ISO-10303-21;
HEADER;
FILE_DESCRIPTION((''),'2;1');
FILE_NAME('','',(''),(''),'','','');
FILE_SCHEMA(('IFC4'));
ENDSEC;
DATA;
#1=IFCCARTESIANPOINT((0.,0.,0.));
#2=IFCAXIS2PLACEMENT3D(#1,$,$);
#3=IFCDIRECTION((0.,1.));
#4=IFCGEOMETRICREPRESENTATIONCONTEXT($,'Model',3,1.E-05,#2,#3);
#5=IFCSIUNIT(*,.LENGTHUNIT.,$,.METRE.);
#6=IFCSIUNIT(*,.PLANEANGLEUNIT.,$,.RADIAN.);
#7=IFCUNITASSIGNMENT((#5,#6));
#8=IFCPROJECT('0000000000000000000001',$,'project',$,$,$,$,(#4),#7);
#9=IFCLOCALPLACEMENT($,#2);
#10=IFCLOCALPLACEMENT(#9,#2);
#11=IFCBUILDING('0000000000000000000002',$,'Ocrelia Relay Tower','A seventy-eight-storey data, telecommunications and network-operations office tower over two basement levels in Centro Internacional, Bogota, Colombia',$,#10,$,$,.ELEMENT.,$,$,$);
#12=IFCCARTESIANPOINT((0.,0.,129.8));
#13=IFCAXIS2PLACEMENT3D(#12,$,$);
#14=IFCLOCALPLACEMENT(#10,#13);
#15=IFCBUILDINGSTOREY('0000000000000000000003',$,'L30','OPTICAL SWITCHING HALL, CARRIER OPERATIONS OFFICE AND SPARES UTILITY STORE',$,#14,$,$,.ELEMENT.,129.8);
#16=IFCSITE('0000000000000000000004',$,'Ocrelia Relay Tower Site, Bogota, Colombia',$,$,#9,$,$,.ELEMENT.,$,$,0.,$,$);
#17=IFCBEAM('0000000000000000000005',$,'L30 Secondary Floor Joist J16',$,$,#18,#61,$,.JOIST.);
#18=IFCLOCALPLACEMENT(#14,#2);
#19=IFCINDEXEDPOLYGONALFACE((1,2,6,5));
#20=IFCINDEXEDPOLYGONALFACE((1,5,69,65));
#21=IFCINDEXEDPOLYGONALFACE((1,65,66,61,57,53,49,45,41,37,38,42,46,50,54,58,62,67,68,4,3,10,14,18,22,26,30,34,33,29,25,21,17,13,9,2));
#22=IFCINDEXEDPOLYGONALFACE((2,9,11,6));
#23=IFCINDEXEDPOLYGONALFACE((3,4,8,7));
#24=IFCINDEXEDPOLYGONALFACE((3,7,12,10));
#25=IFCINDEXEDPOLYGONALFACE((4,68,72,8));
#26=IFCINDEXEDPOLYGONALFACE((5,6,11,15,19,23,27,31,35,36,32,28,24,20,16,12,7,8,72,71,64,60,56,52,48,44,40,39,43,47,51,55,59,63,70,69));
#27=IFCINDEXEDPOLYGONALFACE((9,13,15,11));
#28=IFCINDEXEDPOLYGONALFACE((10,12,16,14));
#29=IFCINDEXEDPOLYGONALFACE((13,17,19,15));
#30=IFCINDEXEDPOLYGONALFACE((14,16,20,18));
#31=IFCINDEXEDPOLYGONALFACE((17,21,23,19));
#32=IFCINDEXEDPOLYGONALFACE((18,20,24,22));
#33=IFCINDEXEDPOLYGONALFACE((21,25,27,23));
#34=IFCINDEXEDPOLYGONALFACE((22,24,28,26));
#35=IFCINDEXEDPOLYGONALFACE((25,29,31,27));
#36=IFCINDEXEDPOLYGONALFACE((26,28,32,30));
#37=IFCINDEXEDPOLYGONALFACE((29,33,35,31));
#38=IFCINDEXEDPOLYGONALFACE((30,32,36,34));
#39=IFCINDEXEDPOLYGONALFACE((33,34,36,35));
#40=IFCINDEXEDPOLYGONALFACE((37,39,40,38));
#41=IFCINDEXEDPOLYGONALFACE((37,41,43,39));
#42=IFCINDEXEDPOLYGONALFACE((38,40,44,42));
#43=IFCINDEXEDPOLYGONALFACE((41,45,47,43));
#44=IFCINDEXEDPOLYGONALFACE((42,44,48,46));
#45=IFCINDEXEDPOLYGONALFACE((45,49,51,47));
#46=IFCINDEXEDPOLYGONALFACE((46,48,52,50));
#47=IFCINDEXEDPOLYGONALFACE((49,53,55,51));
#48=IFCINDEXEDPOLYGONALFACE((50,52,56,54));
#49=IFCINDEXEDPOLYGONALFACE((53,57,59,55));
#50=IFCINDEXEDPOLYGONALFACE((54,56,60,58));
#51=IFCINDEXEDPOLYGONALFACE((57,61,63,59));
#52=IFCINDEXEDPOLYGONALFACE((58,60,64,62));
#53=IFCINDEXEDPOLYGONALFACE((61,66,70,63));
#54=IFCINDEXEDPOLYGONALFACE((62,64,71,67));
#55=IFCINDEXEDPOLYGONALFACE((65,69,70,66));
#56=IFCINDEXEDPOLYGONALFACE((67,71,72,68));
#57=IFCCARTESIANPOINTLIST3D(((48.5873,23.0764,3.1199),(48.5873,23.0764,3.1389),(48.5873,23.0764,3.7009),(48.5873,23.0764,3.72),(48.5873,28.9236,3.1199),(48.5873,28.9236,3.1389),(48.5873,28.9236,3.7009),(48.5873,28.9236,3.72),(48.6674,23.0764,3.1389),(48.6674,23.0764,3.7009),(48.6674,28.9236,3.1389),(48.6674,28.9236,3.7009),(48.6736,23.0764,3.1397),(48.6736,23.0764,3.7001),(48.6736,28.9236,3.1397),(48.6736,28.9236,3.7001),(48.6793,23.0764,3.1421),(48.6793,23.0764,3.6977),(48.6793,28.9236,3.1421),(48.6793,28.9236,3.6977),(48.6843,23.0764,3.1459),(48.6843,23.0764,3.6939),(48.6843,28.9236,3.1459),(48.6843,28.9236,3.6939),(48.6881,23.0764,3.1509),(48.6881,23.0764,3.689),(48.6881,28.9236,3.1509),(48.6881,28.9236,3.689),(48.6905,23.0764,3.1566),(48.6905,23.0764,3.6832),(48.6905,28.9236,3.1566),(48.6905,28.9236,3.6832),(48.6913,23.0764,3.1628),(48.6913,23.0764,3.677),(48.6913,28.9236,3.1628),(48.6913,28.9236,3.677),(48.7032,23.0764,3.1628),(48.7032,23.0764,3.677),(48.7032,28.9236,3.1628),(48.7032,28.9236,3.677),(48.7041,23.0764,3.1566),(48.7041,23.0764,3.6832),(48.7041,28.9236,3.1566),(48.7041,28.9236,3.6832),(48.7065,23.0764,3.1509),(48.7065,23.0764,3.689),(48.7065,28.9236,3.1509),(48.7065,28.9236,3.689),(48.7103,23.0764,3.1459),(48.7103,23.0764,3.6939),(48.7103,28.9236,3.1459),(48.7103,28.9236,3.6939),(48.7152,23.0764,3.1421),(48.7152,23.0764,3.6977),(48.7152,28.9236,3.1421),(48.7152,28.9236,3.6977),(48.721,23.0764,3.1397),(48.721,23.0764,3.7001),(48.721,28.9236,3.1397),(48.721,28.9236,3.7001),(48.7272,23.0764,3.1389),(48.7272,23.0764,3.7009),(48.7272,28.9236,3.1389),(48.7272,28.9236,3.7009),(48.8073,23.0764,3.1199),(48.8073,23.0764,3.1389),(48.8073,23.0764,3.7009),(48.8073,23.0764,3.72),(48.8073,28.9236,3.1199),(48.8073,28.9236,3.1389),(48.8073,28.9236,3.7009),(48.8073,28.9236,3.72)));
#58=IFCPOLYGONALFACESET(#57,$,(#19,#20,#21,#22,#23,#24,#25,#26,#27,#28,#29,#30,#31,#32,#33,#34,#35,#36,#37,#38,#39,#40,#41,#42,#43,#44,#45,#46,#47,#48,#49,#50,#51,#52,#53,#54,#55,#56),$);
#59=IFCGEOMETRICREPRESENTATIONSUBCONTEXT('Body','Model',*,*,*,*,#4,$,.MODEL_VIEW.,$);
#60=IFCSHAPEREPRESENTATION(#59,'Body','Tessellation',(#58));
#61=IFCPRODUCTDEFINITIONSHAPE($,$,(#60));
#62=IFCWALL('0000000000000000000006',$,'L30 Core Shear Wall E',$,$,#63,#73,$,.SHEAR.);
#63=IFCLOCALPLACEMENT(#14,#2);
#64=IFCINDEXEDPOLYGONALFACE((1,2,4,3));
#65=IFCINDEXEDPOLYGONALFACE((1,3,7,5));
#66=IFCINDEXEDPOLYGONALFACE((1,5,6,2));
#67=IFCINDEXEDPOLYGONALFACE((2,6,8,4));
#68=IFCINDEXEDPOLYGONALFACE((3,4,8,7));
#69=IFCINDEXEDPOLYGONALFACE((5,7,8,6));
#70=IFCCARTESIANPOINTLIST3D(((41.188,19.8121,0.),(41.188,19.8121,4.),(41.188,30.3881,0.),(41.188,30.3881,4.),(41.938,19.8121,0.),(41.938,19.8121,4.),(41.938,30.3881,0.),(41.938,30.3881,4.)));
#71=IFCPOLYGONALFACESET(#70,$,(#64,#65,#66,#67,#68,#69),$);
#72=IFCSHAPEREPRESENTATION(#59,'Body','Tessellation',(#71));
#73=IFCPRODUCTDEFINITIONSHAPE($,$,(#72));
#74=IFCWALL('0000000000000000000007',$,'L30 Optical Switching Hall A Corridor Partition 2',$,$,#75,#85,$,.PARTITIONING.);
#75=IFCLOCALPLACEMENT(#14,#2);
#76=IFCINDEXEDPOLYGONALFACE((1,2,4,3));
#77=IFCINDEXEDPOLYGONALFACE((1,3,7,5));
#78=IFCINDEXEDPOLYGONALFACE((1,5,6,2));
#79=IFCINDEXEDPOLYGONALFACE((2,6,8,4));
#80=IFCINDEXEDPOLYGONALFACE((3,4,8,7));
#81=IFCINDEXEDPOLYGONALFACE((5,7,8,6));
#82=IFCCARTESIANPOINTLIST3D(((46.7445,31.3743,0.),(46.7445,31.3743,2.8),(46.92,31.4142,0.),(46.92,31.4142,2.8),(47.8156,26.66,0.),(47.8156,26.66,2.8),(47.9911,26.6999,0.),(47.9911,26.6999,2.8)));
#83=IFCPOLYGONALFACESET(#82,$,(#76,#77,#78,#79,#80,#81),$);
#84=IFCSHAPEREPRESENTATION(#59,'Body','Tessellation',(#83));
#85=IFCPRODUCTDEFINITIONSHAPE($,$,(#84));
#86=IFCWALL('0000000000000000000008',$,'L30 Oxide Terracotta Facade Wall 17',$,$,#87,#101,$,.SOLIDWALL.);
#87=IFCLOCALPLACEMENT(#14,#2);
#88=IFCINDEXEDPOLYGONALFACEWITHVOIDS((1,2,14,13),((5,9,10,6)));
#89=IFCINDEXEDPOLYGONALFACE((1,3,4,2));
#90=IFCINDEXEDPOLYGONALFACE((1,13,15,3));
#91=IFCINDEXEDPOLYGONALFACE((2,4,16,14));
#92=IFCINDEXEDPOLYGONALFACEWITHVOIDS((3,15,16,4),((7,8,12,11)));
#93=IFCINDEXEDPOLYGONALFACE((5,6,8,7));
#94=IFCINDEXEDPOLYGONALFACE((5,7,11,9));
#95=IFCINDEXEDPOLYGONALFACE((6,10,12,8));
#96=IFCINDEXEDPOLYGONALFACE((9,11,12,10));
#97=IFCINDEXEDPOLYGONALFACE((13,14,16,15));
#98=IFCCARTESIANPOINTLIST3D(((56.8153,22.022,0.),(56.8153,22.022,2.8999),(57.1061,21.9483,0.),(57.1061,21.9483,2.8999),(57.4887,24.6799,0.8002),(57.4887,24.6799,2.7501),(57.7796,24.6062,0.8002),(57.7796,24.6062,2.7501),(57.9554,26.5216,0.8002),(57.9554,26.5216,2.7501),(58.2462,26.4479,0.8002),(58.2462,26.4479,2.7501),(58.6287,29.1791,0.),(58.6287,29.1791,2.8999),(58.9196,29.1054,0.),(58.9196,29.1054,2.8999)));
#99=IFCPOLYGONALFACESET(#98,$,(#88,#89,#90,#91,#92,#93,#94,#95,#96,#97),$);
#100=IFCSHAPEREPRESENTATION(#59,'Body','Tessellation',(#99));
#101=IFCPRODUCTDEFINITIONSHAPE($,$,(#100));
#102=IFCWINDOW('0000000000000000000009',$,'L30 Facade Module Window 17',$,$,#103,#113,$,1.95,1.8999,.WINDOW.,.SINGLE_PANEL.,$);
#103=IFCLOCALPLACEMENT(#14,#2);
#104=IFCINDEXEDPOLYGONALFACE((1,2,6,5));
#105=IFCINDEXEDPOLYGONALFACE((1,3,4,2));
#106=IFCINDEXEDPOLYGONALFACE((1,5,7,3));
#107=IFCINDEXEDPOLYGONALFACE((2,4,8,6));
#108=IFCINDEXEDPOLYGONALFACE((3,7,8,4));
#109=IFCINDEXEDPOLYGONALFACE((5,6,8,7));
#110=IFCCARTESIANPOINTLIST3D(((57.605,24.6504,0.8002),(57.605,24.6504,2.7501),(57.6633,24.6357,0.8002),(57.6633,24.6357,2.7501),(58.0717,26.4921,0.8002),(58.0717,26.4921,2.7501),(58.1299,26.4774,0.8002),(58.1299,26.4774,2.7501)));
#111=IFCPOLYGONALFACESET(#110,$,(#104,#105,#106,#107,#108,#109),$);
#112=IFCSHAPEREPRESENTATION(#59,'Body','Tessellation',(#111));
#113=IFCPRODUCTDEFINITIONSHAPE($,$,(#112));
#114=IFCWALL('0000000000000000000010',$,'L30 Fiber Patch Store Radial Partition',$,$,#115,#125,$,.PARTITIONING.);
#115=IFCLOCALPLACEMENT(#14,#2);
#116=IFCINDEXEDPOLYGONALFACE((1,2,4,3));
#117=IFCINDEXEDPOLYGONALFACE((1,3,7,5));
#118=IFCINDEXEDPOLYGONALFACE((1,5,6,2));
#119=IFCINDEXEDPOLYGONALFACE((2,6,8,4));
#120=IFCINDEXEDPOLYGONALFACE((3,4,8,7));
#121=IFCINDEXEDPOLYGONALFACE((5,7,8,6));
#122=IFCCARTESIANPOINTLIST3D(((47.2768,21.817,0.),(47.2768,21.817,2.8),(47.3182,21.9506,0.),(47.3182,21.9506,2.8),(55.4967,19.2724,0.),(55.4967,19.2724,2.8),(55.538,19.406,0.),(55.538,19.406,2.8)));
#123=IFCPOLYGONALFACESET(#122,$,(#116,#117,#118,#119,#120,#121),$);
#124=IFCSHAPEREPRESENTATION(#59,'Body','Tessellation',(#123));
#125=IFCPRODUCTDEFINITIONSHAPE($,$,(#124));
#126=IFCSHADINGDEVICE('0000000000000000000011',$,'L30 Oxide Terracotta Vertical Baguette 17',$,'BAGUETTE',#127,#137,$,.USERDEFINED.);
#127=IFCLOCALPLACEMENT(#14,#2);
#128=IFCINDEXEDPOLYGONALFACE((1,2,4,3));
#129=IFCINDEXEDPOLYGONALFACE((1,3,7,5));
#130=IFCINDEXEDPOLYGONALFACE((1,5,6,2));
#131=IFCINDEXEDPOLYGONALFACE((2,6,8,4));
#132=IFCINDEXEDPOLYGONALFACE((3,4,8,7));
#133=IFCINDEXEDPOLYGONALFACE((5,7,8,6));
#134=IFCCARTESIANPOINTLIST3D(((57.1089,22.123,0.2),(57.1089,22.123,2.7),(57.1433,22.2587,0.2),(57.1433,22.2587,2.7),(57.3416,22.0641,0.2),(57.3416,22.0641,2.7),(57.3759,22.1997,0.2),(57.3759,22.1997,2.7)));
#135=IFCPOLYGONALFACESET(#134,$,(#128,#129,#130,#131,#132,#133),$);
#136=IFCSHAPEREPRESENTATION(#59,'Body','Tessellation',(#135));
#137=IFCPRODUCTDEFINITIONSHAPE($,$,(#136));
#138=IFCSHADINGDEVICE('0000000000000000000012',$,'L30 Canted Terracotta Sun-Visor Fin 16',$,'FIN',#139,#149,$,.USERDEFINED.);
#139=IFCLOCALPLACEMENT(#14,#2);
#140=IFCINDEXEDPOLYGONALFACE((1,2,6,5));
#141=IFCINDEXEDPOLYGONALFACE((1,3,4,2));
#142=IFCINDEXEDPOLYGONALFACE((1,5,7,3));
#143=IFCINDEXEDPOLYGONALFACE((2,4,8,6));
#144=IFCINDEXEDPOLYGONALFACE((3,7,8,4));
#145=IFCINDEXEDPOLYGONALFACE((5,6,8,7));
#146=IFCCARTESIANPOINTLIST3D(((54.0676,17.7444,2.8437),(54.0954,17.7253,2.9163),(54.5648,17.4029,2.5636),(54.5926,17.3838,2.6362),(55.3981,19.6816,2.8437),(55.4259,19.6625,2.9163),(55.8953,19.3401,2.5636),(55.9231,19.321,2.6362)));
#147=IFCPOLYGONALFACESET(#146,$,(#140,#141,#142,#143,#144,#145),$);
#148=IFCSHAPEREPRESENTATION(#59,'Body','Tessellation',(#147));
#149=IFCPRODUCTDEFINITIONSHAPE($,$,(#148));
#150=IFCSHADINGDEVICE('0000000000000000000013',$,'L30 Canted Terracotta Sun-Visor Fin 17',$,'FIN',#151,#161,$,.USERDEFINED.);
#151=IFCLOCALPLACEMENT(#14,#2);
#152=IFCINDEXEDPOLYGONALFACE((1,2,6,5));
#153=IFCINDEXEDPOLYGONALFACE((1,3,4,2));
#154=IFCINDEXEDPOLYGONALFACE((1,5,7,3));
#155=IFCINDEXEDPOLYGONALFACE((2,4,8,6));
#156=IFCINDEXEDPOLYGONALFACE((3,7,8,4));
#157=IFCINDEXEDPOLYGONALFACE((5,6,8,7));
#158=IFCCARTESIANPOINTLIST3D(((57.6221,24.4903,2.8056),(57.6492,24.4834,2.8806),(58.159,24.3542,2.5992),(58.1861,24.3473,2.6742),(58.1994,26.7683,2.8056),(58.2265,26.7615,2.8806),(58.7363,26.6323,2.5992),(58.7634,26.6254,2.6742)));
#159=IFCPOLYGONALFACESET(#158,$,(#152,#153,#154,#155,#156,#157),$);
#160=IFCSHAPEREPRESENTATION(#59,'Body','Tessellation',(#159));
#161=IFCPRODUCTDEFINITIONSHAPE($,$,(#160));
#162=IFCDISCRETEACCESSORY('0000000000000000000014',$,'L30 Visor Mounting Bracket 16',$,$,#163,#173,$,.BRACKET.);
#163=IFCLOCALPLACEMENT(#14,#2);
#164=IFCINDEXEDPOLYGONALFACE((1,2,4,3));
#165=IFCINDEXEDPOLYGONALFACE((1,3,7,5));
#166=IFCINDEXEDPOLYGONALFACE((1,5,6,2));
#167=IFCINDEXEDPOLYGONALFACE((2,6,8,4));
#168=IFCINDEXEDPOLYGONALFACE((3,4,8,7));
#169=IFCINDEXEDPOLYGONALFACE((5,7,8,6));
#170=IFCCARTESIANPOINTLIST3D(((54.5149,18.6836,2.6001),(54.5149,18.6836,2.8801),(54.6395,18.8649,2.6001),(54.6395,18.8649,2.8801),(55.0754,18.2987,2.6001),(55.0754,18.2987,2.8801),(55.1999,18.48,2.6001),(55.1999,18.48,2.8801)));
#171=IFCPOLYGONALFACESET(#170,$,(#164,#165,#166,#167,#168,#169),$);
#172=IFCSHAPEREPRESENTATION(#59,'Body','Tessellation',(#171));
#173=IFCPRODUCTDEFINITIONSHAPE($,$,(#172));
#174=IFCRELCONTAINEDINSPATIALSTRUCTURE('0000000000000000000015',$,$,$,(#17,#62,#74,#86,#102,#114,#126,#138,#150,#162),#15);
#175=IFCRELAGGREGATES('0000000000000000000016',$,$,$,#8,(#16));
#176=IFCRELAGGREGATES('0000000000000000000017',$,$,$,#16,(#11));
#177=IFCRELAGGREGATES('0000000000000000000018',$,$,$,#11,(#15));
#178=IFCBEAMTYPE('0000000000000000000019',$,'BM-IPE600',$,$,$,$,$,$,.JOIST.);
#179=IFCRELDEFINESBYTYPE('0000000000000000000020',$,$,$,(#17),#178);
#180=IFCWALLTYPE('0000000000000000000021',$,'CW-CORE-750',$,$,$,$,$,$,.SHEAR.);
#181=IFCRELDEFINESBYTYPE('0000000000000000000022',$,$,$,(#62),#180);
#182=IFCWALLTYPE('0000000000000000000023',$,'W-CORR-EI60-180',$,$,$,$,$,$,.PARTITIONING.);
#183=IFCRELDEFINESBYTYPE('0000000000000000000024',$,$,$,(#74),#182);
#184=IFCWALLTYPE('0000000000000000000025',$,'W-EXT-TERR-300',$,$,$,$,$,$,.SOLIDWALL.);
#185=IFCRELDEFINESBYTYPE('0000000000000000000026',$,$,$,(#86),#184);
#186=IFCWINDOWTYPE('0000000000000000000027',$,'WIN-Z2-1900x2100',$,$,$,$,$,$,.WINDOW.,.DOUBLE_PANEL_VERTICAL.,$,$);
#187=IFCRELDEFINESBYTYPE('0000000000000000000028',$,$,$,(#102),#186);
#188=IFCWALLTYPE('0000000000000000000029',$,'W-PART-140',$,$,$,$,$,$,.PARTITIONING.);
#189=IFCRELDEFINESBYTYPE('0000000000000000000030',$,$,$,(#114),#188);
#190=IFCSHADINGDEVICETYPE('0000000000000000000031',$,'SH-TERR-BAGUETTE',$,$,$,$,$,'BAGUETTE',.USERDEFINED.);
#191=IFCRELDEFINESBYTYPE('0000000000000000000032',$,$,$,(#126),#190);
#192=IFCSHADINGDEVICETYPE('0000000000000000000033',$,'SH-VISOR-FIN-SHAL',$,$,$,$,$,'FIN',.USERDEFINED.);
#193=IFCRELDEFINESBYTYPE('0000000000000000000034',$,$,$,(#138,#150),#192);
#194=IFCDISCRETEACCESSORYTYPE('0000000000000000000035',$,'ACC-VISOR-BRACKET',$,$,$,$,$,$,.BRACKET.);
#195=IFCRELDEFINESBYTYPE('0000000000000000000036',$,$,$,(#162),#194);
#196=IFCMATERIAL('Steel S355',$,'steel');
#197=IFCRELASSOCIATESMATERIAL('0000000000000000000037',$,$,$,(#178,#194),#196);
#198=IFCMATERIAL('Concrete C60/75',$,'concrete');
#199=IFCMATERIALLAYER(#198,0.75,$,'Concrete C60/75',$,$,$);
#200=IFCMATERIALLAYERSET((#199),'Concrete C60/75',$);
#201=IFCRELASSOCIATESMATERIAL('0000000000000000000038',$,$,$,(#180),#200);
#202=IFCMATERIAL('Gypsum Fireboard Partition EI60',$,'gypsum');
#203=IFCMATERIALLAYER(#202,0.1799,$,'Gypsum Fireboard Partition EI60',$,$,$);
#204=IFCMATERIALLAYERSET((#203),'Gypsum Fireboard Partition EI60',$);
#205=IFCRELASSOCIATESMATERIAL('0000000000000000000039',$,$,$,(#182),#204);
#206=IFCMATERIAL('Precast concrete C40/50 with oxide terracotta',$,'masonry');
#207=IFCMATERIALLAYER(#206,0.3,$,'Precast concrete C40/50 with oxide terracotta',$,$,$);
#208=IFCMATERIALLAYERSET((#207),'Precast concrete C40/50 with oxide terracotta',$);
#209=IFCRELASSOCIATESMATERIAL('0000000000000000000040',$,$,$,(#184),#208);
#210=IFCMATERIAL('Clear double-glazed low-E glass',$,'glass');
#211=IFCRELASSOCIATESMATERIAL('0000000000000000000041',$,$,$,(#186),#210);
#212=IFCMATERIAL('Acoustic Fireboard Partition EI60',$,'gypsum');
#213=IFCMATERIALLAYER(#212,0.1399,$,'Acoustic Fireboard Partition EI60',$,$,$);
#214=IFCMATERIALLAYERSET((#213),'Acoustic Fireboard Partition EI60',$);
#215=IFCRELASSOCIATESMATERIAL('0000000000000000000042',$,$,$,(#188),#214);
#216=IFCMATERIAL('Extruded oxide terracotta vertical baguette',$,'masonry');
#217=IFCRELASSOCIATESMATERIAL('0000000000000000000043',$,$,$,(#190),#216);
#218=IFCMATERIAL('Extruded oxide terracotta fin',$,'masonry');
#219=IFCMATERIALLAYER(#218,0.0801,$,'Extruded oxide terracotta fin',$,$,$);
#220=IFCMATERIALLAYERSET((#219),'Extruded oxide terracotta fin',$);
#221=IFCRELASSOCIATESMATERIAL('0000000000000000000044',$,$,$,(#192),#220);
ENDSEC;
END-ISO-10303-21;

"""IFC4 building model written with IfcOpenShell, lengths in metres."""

from ifc_helpers import new_model, si_unit, direction, frame, frame_2d, origin, origin_2d, place, context, subcontext, project, spatial, rectangle, i_section, extrude, material, layer, layer_set, material_profile, profile_set, type_object, element, fill, save


model = new_model("IFC4")

# Units and contexts
model_context = context("Model", 3, precision=1e-05, world=origin(), true_north=direction((0.0, 1.0)))
body_context = subcontext(model_context, "Body", "Model", "MODEL_VIEW")
ifc_project = project(units=[si_unit("LENGTHUNIT", "METRE"), si_unit("PLANEANGLEUNIT", "RADIAN")], contexts=[model_context])

# Site, building, storey
site_placement = place(None, origin())
site = spatial("IfcSite", under=ifc_project, at=site_placement, Name="Ocrelia Relay Tower Site, Bogota, Colombia", CompositionType="ELEMENT", RefElevation=0.0)
building_placement = place(site_placement, origin())
building = spatial("IfcBuilding", under=site, at=building_placement, Name="Ocrelia Relay Tower", Description="A seventy-eight-storey data, telecommunications and network-operations office tower over two basement levels in Centro Internacional, Bogota, Colombia", CompositionType="ELEMENT")
storey_placement = place(building_placement, frame((0.0, 0.0, 129.8)))
storey = spatial("IfcBuildingStorey", under=building, at=storey_placement, Name="L30", Description="OPTICAL SWITCHING HALL, CARRIER OPERATIONS OFFICE AND SPARES UTILITY STORE", CompositionType="ELEMENT", Elevation=129.8)

# Shared definitions
ifc_material_1 = material(Name="Concrete C60/75", Category="concrete")

# Beam
ifc_material_2 = material(Name="Steel S355", Category="steel")
ifc_material_profile_1 = material_profile(ifc_material_2, i_section(OverallWidth=0.22, OverallDepth=0.6001, WebThickness=0.012, FlangeThickness=0.019, FilletRadius=0.0239, at=origin_2d()), Name="IPE 600")
ifc_profile_set_1 = profile_set([ifc_material_profile_1], Name="Steel S355")
beam_type_1 = type_object("IfcBeamType", Name="BM-IPE600", PredefinedType="JOIST", material=ifc_profile_set_1)
beam_1_placement = place(storey_placement, frame((48.6973, 23.0764, 3.4199), z_axis=(0.0, 1.0, 0.0), x_axis=(-1.0, 0.0, 0.0)))
element("IfcBeam", 1, at=beam_1_placement, inside=storey, type_object=beam_type_1, Name="L30 Secondary Floor Joist J16", PredefinedType="JOIST", context=body_context, shape_type="SweptSolid", body=[
    extrude(i_section(OverallWidth=0.22, OverallDepth=0.6001, WebThickness=0.012, FlangeThickness=0.019, FilletRadius=0.0239, at=origin_2d()), origin(), (0.0, 0.0, 1.0), 5.8472),
])

# Wall
ifc_layer_1 = layer(ifc_material_1, 0.75, Name="Concrete C60/75")
ifc_layer_set_1 = layer_set([ifc_layer_1], Name="Concrete C60/75")
wall_type_1 = type_object("IfcWallType", Name="CW-CORE-750", PredefinedType="SHEAR", material=ifc_layer_set_1)
wall_1_placement = place(storey_placement, frame((41.563, 19.812, 0.0), z_axis=(0.0, 0.0, 1.0), x_axis=(0.0, 1.0, 0.0)))
element("IfcWall", 2, at=wall_1_placement, inside=storey, type_object=wall_type_1, Name="L30 Core Shear Wall E", PredefinedType="SHEAR", context=body_context, shape_type="SweptSolid", body=[
    extrude(rectangle(XDim=10.5759, YDim=0.75, at=frame_2d((5.2881, 0.0))), origin(), (0.0, 0.0, 1.0), 4.0),
])

# Shared definitions
ifc_material_3 = material(Name="Gypsum Fireboard Partition EI60", Category="gypsum")
ifc_layer_2 = layer(ifc_material_3, 0.1799, Name="Gypsum Fireboard Partition EI60")
ifc_layer_set_2 = layer_set([ifc_layer_2], Name="Gypsum Fireboard Partition EI60")
wall_type_2 = type_object("IfcWallType", Name="W-CORR-EI60-180", PredefinedType="PARTITIONING", material=ifc_layer_set_2)

# Wall
wall_2_placement = place(storey_placement, frame((47.9033, 26.6799, 0.0), z_axis=(0.0, 0.0, 1.0), x_axis=(-0.221543, 0.975151, 0.0)))
element("IfcWall", 3, at=wall_2_placement, inside=storey, type_object=wall_type_2, Name="L30 Optical Switching Hall A Corridor Partition 2", PredefinedType="PARTITIONING", context=body_context, shape_type="SweptSolid", body=[
    extrude(rectangle(XDim=4.8345, YDim=0.1799, at=frame_2d((2.4172, 0.0))), origin(), (0.0, 0.0, 1.0), 2.8),
])

# Wall, opening, window
ifc_material_4 = material(Name="Precast concrete C40/50 with oxide terracotta", Category="masonry")
ifc_layer_3 = layer(ifc_material_4, 0.3, Name="Precast concrete C40/50 with oxide terracotta")
ifc_layer_set_3 = layer_set([ifc_layer_3], Name="Precast concrete C40/50 with oxide terracotta")
wall_type_3 = type_object("IfcWallType", Name="W-EXT-TERR-300", PredefinedType="SOLIDWALL", material=ifc_layer_set_3)
wall_3_placement = place(storey_placement, frame((56.9607, 21.9851, 0.0), z_axis=(0.0, 0.0, 1.0), x_axis=(0.245615, 0.969367, 0.0)))
wall_3 = element("IfcWall", 4, at=wall_3_placement, inside=storey, type_object=wall_type_3, Name="L30 Oxide Terracotta Facade Wall 17", PredefinedType="SOLIDWALL", context=body_context, shape_type="SweptSolid", body=[
    extrude(rectangle(XDim=7.3833, YDim=0.3, at=frame_2d((3.6917, 0.0))), origin(), (0.0, 0.0, 1.0), 2.8999),
])
opening_1_placement = place(wall_3_placement, frame((2.7419, 0.0, 0.8)))
opening_1 = element("IfcOpeningElement", 5, at=opening_1_placement, cuts=wall_3, PredefinedType="OPENING", context=body_context, shape_type="SweptSolid", body=[
    extrude(rectangle(XDim=1.8999, YDim=1.95, at=frame_2d((0.95, 0.9751))), frame((0.0, 0.1602, 0.0), z_axis=(0.0, -1.0, 0.0), x_axis=(1.0, 0.0, 0.0)), (0.0, 0.0, 1.0), 0.3201),
])
ifc_material_5 = material(Name="Clear double-glazed low-E glass", Category="glass")
window_type = type_object("IfcWindowType", Name="WIN-Z2-1900x2100", PartitioningType="DOUBLE_PANEL_VERTICAL", PredefinedType="WINDOW", material=ifc_material_5)
window_placement = place(opening_1_placement, origin())
window = element("IfcWindow", 6, at=window_placement, inside=storey, type_object=window_type, Name="L30 Facade Module Window 17", OverallHeight=1.95, OverallWidth=1.8999, PartitioningType="SINGLE_PANEL", PredefinedType="WINDOW", context=body_context, shape_type="SweptSolid", body=[
    extrude(rectangle(XDim=1.8999, YDim=1.95, at=frame_2d((0.95, 0.9751))), frame((0.0, 0.03, 0.0), z_axis=(0.0, -1.0, 0.0), x_axis=(1.0, 0.0, 0.0)), (0.0, 0.0, 1.0), 0.0601),
])
fill(opening_1, window)

# Wall
ifc_material_6 = material(Name="Acoustic Fireboard Partition EI60", Category="gypsum")
ifc_layer_4 = layer(ifc_material_6, 0.1399, Name="Acoustic Fireboard Partition EI60")
ifc_layer_set_4 = layer_set([ifc_layer_4], Name="Acoustic Fireboard Partition EI60")
wall_type_4 = type_object("IfcWallType", Name="W-PART-140", PredefinedType="PARTITIONING", material=ifc_layer_set_4)
wall_4_placement = place(storey_placement, frame((47.2976, 21.8838, 0.0), z_axis=(0.0, 0.0, 1.0), x_axis=(0.955273, -0.295726, 0.0)))
element("IfcWall", 7, at=wall_4_placement, inside=storey, type_object=wall_type_4, Name="L30 Fiber Patch Store Radial Partition", PredefinedType="PARTITIONING", context=body_context, shape_type="SweptSolid", body=[
    extrude(rectangle(XDim=8.6047, YDim=0.1399, at=frame_2d((4.3022, 0.0))), origin(), (0.0, 0.0, 1.0), 2.8),
])

# Shading devices
ifc_material_7 = material(Name="Extruded oxide terracotta vertical baguette", Category="masonry")
shading_device_type_1 = type_object("IfcShadingDeviceType", Name="SH-TERR-BAGUETTE", ElementType="BAGUETTE", PredefinedType="USERDEFINED", material=ifc_material_7)
shading_device_1_placement = place(storey_placement, frame((57.2424, 22.1614, 0.2), z_axis=(0.0, 0.0, 1.0), x_axis=(0.245635, 0.969362, 0.0)))
element("IfcShadingDevice", 8, at=shading_device_1_placement, inside=storey, type_object=shading_device_type_1, Name="L30 Oxide Terracotta Vertical Baguette 17", ObjectType="BAGUETTE", PredefinedType="USERDEFINED", context=body_context, shape_type="SweptSolid", body=[
    extrude(rectangle(XDim=0.1399, YDim=0.24, at=origin_2d()), origin(), (0.0, 0.0, 1.0), 2.5),
])
ifc_material_8 = material(Name="Extruded oxide terracotta fin", Category="masonry")
ifc_layer_5 = layer(ifc_material_8, 0.0801, Name="Extruded oxide terracotta fin")
ifc_layer_set_5 = layer_set([ifc_layer_5], Name="Extruded oxide terracotta fin")
shading_device_type_2 = type_object("IfcShadingDeviceType", Name="SH-VISOR-FIN-SHAL", ElementType="FIN", PredefinedType="USERDEFINED", material=ifc_layer_set_5)
shading_device_2_placement = place(storey_placement, frame((54.9814, 18.5422, 2.7036), z_axis=(0.347192, -0.238458, 0.906971), x_axis=(0.566147, 0.824304, 0.0)))
element("IfcShadingDevice", 9, at=shading_device_2_placement, inside=storey, type_object=shading_device_type_2, Name="L30 Canted Terracotta Sun-Visor Fin 16", ObjectType="FIN", PredefinedType="USERDEFINED", context=body_context, shape_type="SweptSolid", body=[
    extrude(rectangle(XDim=2.3501, YDim=0.665, at=origin_2d()), origin(), (0.0, 0.0, 1.0), 0.0801),
])
shading_device_3_placement = place(storey_placement, frame((58.1792, 25.5613, 2.7024), z_axis=(0.338527, -0.085782, 0.937038), x_axis=(0.245635, 0.969362, 0.0)))
element("IfcShadingDevice", 10, at=shading_device_3_placement, inside=storey, type_object=shading_device_type_2, Name="L30 Canted Terracotta Sun-Visor Fin 17", ObjectType="FIN", PredefinedType="USERDEFINED", context=body_context, shape_type="SweptSolid", body=[
    extrude(rectangle(XDim=2.3501, YDim=0.5911, at=origin_2d()), origin(), (0.0, 0.0, 1.0), 0.0801),
])

# Discrete accessory
discrete_accessory_type = type_object("IfcDiscreteAccessoryType", Name="ACC-VISOR-BRACKET", PredefinedType="BRACKET", material=ifc_material_2)
for number, where, z_axis, x_axis, name in (
    (11, (54.8574, 18.5818, 2.6001), (0.0, 0.0, 1.0), (0.566147, 0.824304, 0.0), "L30 Visor Mounting Bracket 16"),
):
    element("IfcDiscreteAccessory", number, at=place(storey_placement, frame(where, z_axis=z_axis, x_axis=x_axis)), inside=storey, type_object=discrete_accessory_type, Name=name, PredefinedType="BRACKET", context=body_context, shape_type="SweptSolid", body=[
        extrude(rectangle(XDim=0.22, YDim=0.6799, at=origin_2d()), origin(), (0.0, 0.0, 1.0), 0.28),
    ])

save(model, "model.ifc")
